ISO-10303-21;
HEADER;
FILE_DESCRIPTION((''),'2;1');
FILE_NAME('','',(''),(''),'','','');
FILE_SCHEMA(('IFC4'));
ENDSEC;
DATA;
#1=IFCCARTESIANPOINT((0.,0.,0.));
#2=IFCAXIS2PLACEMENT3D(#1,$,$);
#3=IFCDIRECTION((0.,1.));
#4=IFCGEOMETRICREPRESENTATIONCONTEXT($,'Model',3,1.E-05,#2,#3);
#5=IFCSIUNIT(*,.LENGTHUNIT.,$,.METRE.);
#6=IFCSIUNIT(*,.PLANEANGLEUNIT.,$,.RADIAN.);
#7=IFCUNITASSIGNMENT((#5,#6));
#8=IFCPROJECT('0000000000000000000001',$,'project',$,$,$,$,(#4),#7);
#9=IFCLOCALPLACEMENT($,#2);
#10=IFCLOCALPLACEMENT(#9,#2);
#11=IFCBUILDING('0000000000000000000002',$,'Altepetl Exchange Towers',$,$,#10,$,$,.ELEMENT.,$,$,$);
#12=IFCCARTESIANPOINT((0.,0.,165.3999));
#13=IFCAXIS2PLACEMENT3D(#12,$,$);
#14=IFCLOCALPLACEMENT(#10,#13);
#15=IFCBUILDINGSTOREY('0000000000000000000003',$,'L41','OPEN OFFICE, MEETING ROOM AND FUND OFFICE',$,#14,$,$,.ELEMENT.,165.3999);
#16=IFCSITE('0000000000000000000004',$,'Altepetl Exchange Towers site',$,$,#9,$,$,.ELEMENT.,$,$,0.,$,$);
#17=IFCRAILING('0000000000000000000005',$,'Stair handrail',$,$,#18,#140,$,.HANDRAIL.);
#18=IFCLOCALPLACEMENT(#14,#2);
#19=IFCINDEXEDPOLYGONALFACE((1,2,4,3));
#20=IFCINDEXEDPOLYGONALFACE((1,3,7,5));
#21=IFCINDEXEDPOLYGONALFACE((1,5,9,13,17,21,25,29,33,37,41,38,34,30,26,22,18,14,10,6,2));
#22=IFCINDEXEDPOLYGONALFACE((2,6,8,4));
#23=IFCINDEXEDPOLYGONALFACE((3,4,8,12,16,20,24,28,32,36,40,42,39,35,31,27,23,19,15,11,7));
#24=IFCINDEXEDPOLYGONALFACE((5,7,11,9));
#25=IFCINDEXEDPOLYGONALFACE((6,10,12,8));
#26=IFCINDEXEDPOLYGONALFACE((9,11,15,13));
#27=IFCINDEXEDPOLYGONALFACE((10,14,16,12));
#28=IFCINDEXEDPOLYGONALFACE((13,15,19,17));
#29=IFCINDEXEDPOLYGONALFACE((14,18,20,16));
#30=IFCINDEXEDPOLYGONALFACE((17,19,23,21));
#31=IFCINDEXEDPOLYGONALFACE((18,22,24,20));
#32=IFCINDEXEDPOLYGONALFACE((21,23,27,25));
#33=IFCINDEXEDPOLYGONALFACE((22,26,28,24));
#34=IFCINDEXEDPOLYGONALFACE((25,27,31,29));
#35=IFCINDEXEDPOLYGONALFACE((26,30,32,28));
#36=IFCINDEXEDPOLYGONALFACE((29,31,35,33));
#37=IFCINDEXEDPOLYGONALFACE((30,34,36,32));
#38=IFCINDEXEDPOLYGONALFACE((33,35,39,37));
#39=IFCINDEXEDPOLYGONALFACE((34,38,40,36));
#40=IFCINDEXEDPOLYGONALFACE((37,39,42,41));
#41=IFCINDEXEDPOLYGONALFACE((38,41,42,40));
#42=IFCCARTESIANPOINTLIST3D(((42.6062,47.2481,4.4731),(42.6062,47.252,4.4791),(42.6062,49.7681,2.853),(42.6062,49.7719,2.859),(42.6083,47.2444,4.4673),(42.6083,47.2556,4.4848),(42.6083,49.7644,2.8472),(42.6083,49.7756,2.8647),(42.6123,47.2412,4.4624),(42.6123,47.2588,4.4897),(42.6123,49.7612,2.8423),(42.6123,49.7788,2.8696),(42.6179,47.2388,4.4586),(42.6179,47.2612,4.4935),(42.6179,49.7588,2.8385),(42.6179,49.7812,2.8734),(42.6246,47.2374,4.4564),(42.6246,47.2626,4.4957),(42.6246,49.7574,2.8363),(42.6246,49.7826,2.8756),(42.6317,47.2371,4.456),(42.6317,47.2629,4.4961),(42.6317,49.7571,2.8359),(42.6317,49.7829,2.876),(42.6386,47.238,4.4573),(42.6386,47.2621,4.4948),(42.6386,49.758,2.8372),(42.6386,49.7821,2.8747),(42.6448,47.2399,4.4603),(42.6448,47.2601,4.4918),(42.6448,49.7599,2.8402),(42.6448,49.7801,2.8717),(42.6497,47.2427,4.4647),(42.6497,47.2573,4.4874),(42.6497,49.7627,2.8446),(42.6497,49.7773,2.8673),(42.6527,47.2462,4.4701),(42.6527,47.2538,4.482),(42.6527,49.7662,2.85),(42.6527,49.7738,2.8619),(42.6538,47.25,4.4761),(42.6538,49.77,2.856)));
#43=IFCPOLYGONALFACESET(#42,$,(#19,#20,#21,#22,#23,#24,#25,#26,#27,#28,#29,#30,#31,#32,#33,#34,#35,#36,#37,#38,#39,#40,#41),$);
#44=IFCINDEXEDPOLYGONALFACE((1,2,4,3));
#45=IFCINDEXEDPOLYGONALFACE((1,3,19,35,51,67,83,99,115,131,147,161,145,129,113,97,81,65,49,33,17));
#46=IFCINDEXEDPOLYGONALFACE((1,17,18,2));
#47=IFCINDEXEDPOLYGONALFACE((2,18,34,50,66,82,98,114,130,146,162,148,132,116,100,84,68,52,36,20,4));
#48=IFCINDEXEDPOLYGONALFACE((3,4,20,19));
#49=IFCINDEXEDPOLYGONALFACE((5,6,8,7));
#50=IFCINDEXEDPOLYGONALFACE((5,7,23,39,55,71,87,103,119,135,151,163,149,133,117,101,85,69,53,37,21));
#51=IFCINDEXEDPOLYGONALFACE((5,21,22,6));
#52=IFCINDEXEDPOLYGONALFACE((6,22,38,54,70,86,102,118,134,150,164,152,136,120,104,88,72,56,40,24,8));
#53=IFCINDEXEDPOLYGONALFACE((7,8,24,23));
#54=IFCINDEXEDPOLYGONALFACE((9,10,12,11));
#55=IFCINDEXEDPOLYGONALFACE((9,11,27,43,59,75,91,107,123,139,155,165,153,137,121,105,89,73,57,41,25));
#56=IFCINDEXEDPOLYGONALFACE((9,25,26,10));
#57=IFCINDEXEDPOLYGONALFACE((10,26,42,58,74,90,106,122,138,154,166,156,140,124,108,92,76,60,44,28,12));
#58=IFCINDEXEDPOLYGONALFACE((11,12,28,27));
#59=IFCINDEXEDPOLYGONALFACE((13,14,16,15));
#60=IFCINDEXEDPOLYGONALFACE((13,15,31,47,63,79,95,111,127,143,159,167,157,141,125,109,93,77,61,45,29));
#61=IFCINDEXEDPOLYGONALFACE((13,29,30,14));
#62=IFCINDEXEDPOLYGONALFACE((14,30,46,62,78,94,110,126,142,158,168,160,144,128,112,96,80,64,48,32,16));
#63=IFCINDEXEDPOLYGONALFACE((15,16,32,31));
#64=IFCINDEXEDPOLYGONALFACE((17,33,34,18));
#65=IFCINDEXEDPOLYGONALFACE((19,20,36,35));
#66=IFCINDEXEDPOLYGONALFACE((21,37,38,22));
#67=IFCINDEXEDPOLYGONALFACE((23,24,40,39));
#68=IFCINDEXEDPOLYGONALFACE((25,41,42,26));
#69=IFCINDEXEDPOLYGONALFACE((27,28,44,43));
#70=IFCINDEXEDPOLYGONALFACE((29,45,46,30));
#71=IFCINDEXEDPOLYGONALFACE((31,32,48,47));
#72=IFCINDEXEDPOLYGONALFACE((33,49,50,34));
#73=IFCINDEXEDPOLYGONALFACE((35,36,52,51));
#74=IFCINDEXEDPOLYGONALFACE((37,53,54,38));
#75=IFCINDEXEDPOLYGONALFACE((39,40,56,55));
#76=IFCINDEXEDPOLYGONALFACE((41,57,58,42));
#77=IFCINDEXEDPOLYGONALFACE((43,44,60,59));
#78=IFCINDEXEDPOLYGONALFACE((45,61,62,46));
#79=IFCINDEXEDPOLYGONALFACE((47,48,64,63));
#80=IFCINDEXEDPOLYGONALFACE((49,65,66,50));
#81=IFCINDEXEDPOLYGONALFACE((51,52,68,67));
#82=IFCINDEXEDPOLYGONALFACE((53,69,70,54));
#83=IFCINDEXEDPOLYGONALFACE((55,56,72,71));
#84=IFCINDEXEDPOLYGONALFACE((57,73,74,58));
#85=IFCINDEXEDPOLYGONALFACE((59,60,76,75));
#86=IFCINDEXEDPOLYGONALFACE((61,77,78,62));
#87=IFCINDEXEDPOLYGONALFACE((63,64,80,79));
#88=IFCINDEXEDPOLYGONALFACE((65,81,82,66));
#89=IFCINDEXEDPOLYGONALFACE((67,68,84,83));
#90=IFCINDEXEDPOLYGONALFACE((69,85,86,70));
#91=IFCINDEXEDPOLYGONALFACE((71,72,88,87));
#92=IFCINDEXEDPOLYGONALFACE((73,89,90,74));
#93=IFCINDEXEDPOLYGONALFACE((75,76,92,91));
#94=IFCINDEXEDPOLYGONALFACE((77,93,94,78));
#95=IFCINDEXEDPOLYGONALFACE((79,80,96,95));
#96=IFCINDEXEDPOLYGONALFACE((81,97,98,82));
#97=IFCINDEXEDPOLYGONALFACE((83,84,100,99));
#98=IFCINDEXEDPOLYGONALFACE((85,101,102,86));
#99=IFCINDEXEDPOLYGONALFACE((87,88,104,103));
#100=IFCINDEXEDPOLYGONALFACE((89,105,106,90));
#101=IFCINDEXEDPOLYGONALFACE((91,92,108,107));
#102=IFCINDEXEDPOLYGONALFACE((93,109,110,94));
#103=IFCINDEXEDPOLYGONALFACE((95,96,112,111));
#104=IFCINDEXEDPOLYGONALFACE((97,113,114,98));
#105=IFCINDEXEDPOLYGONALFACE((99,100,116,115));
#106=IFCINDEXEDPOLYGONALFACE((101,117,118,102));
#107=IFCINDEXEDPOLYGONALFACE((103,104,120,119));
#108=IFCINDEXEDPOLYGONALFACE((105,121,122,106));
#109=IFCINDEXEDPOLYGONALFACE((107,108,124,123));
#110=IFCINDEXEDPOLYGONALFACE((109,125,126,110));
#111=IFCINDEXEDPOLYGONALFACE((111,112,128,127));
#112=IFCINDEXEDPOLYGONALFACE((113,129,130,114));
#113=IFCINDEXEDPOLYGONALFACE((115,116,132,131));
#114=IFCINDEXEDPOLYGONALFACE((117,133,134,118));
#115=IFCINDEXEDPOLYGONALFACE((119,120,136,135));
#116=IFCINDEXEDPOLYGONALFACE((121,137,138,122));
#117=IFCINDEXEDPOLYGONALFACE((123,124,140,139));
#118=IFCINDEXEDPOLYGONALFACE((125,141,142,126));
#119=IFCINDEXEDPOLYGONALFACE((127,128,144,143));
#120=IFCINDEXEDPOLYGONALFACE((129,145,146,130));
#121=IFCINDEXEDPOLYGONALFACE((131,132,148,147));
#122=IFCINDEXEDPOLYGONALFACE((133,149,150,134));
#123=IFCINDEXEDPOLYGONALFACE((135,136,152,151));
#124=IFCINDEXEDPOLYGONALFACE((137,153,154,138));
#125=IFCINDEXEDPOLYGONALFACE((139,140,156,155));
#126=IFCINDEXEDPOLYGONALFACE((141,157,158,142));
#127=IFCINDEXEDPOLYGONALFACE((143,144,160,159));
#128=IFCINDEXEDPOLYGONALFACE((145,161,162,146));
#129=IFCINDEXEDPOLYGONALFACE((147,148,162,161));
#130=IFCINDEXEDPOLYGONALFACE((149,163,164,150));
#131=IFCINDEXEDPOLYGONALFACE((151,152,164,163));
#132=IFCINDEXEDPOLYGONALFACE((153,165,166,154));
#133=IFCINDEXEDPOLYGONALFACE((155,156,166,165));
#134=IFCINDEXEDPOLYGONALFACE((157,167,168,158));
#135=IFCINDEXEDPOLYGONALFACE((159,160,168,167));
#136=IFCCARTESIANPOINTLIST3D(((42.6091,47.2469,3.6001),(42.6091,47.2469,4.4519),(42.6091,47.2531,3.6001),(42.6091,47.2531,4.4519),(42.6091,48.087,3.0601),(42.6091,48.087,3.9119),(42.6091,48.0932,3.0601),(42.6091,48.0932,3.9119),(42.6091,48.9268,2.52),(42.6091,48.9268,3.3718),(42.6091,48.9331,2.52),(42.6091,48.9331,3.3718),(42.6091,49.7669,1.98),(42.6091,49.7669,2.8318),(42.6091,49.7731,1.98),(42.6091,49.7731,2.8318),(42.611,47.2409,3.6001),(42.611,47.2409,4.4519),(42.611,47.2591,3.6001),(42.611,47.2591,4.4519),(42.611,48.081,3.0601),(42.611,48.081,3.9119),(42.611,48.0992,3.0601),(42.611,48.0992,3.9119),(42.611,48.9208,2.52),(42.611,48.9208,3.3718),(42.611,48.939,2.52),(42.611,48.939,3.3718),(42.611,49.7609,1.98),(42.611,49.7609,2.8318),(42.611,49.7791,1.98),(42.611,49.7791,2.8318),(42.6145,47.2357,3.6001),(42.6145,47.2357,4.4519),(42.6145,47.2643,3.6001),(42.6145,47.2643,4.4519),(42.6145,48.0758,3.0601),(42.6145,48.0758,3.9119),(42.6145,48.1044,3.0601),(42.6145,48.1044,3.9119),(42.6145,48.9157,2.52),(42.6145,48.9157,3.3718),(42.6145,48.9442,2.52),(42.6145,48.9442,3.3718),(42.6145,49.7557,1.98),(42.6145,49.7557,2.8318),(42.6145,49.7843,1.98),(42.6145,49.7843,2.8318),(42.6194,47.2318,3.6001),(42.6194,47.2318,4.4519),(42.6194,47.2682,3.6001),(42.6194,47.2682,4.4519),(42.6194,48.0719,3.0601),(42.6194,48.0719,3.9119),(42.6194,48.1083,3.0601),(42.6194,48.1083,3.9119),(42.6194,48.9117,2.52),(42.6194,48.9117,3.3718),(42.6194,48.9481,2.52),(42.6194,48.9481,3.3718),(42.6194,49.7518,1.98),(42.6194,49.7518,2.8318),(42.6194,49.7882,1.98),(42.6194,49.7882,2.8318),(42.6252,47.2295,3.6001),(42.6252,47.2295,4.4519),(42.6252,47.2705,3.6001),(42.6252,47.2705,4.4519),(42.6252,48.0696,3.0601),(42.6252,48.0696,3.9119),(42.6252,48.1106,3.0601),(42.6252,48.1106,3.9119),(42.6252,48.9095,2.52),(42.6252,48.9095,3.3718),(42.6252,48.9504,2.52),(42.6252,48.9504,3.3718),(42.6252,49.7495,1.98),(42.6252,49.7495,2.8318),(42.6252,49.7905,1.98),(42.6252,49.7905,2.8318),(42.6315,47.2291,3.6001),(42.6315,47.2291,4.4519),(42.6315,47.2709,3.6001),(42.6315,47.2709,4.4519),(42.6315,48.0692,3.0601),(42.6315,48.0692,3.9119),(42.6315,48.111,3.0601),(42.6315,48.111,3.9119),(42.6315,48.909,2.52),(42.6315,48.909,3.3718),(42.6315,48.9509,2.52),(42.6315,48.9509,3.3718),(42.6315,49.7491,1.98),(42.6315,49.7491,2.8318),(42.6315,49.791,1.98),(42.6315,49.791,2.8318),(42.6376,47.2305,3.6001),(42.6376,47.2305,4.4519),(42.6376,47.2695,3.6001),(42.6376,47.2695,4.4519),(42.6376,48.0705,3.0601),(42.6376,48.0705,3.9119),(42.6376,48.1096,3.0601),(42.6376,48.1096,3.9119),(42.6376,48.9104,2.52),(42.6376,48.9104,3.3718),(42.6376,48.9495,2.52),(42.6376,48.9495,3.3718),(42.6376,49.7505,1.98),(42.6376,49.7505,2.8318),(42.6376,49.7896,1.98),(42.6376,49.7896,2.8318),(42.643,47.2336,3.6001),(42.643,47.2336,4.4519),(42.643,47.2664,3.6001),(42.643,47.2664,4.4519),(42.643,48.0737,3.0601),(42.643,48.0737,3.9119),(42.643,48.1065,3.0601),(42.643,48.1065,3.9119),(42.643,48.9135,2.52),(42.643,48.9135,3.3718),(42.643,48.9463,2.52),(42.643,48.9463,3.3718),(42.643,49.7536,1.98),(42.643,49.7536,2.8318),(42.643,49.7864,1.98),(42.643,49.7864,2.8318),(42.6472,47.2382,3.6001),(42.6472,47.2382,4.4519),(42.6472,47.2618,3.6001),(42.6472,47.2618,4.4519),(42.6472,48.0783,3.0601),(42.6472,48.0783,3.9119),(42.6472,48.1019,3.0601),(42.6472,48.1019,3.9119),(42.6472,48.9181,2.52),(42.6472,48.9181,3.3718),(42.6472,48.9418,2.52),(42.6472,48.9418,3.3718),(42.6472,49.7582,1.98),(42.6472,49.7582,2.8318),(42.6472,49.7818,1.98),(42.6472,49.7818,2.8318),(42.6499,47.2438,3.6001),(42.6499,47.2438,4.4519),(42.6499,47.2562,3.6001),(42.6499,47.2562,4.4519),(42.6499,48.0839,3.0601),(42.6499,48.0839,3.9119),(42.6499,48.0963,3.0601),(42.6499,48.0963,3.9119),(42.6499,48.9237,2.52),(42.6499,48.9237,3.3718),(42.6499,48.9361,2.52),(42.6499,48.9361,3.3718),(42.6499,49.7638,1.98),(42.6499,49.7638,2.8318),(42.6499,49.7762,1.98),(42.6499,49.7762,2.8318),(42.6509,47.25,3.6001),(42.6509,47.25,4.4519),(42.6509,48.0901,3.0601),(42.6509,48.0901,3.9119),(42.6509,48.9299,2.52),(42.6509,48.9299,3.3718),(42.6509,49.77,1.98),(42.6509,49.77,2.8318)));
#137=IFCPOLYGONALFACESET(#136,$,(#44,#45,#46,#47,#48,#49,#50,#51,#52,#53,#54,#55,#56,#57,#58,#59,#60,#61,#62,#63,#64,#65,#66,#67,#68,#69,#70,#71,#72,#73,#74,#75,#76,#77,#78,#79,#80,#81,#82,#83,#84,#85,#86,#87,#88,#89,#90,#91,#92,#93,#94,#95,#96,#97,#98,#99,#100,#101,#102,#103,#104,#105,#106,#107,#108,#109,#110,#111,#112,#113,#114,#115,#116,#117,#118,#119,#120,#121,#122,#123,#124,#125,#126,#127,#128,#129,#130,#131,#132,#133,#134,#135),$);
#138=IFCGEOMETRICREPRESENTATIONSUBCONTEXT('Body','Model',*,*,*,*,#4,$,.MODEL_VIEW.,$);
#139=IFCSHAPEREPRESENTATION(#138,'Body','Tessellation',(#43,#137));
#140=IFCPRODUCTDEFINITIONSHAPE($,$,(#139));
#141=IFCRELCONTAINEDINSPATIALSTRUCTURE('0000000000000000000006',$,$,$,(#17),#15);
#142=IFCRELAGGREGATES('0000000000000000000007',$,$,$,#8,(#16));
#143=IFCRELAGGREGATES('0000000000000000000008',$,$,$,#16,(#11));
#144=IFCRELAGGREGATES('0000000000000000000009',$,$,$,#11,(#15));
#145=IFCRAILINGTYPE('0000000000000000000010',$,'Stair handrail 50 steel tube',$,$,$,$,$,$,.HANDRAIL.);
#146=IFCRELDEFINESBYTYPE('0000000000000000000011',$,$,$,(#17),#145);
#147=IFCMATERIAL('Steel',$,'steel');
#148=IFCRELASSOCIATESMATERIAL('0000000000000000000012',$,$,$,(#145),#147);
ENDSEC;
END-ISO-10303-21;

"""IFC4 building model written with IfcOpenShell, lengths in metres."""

from ifc_helpers import new_model, si_unit, direction, frame, origin, origin_2d, place, context, subcontext, project, spatial, circle, extrude, source, transform, mapped, material, type_object, element, save


model = new_model("IFC4")

# Units and contexts
model_context = context("Model", 3, precision=1e-05, world=origin(), true_north=direction((0.0, 1.0)))
body_context = subcontext(model_context, "Body", "Model", "MODEL_VIEW")
ifc_project = project(units=[si_unit("LENGTHUNIT", "METRE"), si_unit("PLANEANGLEUNIT", "RADIAN")], contexts=[model_context])

# Site, building, storey
site_placement = place(None, origin())
site = spatial("IfcSite", under=ifc_project, at=site_placement, Name="Altepetl Exchange Towers site", CompositionType="ELEMENT", RefElevation=0.0)
building_placement = place(site_placement, origin())
building = spatial("IfcBuilding", under=site, at=building_placement, Name="Altepetl Exchange Towers", CompositionType="ELEMENT")
storey_placement = place(building_placement, frame((0.0, 0.0, 165.3999)))
storey = spatial("IfcBuildingStorey", under=building, at=storey_placement, Name="L41", Description="OPEN OFFICE, MEETING ROOM AND FUND OFFICE", CompositionType="ELEMENT", Elevation=165.3999)

# Railing
ifc_material_1 = material(Name="Steel", Category="steel")
railing_type = type_object("IfcRailingType", Name="Stair handrail 50 steel tube", PredefinedType="HANDRAIL", material=ifc_material_1)
shared_shape = source(origin(), body_context, "Body", "SweptSolid", [
    extrude(circle(Radius=0.021, at=origin_2d()), origin(), (0.0, 0.0, 1.0), 0.8518),
])
railing_1_placement = place(storey_placement, frame((42.6299, 49.77, 1.98)))
element("IfcRailing", 1, at=railing_1_placement, inside=storey, type_object=railing_type, Name="Stair handrail", PredefinedType="HANDRAIL", context=body_context, shape_type="SweptSolid", body=[
    extrude(circle(Radius=0.0239, at=origin_2d()), frame((0.0, 0.0, 0.876), z_axis=(0.0, -0.841163, 0.540782), x_axis=(1.0, 0.0, 0.0)), (0.0, 0.0, 1.0), 2.9958),
    mapped(shared_shape, transform((0.0, 0.0, 0.0))),
    mapped(shared_shape, transform((0.0, -0.8401, 0.54))),
    mapped(shared_shape, transform((0.0, -1.6799, 1.0801))),
    mapped(shared_shape, transform((0.0, -2.52, 1.6201))),
])

save(model, "model.ifc")
